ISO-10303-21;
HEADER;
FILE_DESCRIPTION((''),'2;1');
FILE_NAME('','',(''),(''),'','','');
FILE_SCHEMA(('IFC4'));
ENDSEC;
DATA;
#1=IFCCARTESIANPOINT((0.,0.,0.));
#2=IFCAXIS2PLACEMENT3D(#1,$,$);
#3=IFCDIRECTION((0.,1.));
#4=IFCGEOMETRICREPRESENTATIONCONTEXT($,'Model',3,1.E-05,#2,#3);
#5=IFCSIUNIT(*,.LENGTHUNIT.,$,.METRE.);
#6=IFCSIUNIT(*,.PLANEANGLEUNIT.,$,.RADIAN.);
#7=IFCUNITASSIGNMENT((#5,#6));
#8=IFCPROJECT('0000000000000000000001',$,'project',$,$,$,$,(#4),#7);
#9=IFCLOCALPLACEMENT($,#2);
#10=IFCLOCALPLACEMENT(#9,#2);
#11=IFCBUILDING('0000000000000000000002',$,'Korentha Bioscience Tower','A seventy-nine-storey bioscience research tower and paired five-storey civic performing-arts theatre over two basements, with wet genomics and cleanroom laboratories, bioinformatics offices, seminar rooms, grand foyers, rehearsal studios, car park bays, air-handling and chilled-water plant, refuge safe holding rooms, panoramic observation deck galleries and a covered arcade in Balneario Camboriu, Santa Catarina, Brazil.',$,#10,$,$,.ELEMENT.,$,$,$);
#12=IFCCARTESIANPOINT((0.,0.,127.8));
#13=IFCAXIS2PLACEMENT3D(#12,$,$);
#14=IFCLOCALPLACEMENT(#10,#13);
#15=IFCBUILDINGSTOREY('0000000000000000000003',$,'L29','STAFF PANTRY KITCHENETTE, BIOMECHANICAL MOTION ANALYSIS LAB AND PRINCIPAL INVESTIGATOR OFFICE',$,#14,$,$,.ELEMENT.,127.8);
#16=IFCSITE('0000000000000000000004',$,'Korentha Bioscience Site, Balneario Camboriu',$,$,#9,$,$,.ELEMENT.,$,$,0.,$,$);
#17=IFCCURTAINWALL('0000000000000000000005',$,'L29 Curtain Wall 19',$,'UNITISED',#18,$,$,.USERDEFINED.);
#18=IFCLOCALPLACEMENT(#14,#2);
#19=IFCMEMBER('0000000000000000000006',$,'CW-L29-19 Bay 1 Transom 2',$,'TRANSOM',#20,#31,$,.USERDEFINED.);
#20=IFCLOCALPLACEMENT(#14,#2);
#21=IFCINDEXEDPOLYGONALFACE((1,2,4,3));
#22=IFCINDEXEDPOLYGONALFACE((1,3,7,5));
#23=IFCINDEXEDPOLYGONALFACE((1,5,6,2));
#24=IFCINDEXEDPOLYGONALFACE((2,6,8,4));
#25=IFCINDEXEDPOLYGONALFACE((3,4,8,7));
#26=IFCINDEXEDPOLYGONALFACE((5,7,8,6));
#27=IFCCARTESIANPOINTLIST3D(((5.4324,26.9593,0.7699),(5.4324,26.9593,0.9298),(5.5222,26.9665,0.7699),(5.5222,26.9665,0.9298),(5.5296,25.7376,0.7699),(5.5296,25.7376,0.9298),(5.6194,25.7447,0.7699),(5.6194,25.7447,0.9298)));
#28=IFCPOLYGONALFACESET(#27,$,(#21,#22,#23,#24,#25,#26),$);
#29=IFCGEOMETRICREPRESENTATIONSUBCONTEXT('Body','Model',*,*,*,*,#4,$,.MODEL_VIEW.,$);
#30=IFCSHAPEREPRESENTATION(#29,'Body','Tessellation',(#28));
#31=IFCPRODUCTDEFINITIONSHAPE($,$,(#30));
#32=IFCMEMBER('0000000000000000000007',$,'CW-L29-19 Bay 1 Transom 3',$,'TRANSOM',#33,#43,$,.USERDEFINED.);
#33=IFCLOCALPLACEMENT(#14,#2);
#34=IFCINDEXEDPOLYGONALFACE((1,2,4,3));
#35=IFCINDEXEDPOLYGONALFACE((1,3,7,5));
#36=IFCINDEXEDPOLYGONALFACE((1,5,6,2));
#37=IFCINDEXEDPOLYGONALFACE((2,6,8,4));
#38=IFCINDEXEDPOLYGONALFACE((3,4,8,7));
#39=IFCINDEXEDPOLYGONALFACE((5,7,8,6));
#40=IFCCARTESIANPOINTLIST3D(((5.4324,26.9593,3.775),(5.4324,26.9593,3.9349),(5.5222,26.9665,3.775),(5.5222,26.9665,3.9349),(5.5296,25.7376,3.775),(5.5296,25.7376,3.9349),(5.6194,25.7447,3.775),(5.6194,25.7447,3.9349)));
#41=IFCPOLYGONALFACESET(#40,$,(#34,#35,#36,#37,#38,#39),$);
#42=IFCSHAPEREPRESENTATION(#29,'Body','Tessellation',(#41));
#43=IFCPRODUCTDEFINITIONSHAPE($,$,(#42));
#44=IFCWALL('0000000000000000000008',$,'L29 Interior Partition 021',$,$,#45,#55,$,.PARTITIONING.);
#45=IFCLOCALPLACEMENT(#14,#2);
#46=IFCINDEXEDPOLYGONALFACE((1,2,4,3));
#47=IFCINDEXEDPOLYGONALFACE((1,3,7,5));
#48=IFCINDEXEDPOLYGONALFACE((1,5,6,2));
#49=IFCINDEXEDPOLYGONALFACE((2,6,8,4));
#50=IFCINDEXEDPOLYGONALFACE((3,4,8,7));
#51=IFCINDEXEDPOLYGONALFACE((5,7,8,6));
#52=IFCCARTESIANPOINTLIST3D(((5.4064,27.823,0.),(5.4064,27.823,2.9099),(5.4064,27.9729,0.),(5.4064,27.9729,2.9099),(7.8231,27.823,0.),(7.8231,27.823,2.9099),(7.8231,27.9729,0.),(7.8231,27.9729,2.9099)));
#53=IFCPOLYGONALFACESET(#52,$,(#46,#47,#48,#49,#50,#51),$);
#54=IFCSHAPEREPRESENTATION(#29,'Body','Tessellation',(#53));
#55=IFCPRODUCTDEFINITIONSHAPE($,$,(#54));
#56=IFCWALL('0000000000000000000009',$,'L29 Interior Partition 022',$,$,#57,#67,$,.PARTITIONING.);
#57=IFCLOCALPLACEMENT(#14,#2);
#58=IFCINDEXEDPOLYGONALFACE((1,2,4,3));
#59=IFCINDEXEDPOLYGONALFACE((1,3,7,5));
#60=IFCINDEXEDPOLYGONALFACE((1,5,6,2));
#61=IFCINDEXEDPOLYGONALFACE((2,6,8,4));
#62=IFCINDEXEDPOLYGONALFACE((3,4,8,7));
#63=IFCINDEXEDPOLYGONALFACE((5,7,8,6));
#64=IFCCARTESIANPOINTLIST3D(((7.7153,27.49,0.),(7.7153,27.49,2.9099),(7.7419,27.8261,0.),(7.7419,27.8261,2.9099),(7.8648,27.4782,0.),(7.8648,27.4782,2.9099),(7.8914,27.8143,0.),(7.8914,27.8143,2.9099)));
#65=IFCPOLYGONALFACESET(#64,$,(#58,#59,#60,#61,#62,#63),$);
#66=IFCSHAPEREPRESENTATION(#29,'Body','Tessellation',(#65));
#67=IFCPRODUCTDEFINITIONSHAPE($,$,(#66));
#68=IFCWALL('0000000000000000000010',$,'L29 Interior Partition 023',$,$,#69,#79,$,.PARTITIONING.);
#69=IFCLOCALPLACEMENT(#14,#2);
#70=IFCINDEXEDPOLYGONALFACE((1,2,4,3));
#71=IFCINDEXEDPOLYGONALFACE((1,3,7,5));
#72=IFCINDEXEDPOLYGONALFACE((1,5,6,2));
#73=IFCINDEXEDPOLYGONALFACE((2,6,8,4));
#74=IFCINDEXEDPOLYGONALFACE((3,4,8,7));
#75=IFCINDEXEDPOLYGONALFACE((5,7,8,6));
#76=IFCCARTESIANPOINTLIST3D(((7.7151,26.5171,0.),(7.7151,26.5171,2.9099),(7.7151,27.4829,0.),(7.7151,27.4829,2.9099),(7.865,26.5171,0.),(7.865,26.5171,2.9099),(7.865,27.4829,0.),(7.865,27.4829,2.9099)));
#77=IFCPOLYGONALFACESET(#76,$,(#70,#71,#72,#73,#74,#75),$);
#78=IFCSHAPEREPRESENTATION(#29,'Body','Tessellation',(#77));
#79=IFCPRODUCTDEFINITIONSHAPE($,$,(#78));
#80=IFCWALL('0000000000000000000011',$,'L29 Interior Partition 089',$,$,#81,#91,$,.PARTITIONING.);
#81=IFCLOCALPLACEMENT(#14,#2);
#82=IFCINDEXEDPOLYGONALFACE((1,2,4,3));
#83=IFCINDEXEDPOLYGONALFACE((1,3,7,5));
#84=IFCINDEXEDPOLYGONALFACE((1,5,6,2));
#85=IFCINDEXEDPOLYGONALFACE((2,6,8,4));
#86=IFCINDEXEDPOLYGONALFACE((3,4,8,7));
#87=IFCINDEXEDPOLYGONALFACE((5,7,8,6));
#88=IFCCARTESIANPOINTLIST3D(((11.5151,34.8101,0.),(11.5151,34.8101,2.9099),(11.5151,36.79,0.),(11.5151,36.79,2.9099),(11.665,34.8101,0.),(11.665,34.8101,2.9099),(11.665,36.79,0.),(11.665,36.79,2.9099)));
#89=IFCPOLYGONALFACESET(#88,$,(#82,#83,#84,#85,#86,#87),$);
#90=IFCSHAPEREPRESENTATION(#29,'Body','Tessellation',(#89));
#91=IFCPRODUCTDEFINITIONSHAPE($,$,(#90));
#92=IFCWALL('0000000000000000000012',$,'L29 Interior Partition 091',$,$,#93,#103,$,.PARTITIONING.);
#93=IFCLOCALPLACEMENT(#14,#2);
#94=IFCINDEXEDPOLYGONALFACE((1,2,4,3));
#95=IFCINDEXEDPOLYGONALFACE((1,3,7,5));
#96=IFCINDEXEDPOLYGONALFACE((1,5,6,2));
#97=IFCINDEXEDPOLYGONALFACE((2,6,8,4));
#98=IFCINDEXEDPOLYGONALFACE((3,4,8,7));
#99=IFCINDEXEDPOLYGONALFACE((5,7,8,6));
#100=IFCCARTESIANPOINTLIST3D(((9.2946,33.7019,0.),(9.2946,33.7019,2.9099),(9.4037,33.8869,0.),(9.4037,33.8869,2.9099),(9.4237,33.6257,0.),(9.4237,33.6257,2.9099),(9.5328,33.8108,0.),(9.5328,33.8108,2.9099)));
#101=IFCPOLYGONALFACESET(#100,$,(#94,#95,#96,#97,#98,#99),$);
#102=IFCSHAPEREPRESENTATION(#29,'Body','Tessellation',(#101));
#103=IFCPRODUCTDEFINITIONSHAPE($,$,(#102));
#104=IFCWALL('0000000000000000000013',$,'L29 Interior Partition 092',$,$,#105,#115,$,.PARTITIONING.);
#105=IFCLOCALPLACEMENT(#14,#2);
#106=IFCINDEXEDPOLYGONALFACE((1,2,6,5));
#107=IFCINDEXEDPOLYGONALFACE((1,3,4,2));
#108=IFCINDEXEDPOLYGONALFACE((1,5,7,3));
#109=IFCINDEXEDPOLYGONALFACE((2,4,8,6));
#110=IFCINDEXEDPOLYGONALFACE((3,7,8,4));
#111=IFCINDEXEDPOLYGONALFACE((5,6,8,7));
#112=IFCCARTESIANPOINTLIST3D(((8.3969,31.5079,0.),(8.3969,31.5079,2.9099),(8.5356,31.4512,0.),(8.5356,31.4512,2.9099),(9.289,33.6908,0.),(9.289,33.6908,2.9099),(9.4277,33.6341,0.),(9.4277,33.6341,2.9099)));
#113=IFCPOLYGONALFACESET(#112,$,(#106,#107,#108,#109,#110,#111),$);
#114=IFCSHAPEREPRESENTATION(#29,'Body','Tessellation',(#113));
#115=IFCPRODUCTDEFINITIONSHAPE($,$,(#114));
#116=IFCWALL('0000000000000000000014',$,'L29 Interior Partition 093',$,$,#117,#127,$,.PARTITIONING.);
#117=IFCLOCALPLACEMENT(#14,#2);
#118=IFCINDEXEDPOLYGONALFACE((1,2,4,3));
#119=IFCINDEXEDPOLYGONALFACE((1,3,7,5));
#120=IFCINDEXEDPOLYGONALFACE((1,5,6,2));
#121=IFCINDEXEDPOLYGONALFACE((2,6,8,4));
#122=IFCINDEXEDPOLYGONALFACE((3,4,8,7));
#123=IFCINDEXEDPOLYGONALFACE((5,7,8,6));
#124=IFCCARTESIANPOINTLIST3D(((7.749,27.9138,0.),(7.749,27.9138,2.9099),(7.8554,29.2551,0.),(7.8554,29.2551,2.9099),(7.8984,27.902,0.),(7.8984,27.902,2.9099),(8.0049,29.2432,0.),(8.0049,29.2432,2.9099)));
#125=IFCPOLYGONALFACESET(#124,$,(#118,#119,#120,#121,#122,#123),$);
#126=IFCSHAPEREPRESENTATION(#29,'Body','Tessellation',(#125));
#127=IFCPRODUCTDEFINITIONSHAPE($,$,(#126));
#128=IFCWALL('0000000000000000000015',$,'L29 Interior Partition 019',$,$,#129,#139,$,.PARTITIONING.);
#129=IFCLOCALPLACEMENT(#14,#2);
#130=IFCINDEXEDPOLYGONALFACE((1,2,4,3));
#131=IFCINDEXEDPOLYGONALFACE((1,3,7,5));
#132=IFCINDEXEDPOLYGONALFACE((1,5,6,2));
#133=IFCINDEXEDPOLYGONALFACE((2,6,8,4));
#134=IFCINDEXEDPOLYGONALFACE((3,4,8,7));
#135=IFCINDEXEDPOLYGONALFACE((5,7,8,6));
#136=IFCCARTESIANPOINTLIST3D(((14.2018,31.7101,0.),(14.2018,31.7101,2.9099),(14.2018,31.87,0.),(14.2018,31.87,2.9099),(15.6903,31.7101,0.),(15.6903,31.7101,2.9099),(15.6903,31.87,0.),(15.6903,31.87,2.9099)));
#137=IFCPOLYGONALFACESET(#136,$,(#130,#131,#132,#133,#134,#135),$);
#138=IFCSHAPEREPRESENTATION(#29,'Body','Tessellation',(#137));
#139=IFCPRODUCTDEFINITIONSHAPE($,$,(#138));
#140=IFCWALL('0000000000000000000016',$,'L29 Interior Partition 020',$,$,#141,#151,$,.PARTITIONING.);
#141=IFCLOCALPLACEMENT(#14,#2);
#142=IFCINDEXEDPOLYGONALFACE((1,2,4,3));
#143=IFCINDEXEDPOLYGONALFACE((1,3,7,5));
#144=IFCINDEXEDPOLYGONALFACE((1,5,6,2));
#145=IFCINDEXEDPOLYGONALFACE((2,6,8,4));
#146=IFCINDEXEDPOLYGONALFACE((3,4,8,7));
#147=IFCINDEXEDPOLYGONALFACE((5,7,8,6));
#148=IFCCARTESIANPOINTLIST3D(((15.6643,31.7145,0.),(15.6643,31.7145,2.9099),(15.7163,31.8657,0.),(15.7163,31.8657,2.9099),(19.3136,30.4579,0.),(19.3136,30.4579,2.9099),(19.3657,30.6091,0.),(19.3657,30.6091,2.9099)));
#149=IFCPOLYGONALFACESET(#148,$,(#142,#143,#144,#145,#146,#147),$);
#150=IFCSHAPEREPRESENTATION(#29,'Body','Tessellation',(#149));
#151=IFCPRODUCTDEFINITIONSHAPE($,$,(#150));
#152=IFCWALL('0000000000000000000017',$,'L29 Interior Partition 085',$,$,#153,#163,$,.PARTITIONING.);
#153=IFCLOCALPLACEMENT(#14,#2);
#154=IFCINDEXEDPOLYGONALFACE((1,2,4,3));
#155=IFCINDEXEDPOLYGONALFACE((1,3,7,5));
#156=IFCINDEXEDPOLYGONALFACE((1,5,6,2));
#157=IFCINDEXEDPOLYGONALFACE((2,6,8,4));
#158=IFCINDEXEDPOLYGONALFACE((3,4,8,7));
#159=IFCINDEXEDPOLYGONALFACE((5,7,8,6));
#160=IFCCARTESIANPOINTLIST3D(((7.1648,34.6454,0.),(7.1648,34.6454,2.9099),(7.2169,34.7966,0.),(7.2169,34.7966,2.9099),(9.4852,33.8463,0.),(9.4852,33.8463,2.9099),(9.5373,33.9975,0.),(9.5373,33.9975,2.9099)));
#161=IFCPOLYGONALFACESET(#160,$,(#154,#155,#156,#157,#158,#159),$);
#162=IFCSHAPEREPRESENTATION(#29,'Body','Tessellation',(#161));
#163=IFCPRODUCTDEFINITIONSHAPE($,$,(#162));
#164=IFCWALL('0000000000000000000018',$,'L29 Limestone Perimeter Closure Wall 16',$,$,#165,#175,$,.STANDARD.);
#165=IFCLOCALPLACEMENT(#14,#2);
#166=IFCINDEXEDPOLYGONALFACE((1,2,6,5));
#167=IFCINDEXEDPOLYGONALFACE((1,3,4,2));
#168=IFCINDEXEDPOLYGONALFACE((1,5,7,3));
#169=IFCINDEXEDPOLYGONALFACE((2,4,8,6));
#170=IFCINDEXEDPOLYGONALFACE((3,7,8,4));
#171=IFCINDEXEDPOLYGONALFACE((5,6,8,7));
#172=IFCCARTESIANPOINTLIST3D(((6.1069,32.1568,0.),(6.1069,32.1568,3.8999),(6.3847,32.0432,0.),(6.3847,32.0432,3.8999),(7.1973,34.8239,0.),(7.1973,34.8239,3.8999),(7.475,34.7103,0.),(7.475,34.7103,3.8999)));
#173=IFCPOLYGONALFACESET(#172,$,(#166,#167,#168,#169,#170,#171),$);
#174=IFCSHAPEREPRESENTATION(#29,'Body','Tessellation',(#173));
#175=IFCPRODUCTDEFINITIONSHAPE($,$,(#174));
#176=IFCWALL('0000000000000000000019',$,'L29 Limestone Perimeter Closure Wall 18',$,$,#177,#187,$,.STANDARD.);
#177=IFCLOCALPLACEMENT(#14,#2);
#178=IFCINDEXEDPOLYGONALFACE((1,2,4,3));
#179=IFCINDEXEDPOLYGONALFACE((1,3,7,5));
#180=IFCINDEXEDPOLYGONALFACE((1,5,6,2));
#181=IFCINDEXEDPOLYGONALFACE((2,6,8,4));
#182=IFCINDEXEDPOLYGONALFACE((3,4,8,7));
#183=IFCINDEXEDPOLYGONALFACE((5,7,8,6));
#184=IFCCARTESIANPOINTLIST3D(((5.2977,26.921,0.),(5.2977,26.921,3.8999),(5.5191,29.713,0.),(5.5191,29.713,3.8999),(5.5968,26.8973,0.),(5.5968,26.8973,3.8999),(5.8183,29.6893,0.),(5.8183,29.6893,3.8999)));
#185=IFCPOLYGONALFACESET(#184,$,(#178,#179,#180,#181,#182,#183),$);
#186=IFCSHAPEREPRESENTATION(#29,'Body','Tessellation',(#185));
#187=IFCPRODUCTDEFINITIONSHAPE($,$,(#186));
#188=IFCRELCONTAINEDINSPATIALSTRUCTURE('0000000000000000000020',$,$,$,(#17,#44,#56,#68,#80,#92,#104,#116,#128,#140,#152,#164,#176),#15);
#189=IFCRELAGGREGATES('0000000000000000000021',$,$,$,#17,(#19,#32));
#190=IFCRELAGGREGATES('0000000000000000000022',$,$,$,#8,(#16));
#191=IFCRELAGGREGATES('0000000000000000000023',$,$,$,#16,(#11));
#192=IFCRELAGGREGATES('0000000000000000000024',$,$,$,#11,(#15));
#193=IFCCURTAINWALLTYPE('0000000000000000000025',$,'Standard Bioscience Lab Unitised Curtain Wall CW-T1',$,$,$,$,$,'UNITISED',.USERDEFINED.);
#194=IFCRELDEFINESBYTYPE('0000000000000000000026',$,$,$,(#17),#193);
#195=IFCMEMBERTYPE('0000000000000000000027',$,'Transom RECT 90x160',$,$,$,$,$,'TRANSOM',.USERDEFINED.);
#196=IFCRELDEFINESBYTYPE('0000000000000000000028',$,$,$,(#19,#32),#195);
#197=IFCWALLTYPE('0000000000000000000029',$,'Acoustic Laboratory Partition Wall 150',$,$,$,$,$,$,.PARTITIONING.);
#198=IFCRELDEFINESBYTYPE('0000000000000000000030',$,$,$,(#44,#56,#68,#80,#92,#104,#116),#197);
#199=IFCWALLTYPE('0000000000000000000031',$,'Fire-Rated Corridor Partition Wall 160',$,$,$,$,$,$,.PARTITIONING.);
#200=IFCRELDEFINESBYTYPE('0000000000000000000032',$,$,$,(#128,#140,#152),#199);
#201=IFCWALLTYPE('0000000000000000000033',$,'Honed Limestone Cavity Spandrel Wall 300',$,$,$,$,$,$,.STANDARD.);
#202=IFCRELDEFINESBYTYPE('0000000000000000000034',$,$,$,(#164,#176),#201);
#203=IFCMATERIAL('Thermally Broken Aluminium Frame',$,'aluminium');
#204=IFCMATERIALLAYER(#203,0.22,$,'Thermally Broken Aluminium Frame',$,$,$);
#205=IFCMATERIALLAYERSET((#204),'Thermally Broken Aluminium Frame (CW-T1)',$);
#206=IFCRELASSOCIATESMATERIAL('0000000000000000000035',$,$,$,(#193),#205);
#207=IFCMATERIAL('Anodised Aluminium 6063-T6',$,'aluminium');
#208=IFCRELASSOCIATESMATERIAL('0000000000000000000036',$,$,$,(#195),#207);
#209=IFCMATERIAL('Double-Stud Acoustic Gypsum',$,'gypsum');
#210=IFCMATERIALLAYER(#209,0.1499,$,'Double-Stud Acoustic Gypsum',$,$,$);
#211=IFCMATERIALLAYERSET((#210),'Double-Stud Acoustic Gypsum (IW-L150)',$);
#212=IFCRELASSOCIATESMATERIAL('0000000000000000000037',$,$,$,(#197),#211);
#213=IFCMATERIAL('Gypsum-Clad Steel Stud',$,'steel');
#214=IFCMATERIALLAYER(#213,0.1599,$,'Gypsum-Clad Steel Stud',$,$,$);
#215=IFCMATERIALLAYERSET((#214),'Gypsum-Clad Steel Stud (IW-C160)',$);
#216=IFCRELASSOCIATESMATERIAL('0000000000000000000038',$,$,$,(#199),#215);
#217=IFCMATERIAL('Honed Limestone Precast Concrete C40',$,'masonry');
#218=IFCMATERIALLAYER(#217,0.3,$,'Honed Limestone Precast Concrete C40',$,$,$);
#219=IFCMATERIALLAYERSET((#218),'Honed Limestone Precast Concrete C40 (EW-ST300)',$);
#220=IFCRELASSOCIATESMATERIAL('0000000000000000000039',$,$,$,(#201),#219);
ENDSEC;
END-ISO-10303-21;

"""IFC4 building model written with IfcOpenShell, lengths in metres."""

from ifc_helpers import new_model, si_unit, direction, frame, frame_2d, origin, origin_2d, place, context, subcontext, project, spatial, rectangle, extrude, material, layer, layer_set, material_profile, profile_set, type_object, element, aggregate, save


model = new_model("IFC4")

# Units and contexts
model_context = context("Model", 3, precision=1e-05, world=origin(), true_north=direction((0.0, 1.0)))
body_context = subcontext(model_context, "Body", "Model", "MODEL_VIEW")
ifc_project = project(units=[si_unit("LENGTHUNIT", "METRE"), si_unit("PLANEANGLEUNIT", "RADIAN")], contexts=[model_context])

# Site, building, storey
site_placement = place(None, origin())
site = spatial("IfcSite", under=ifc_project, at=site_placement, Name="Korentha Bioscience Site, Balneario Camboriu", CompositionType="ELEMENT", RefElevation=0.0)
building_placement = place(site_placement, origin())
building = spatial("IfcBuilding", under=site, at=building_placement, Name="Korentha Bioscience Tower", Description="A seventy-nine-storey bioscience research tower and paired five-storey civic performing-arts theatre over two basements, with wet genomics and cleanroom laboratories, bioinformatics offices, seminar rooms, grand foyers, rehearsal studios, car park bays, air-handling and chilled-water plant, refuge safe holding rooms, panoramic observation deck galleries and a covered arcade in Balneario Camboriu, Santa Catarina, Brazil.", CompositionType="ELEMENT")
storey_placement = place(building_placement, frame((0.0, 0.0, 127.8)))
storey = spatial("IfcBuildingStorey", under=building, at=storey_placement, Name="L29", Description="STAFF PANTRY KITCHENETTE, BIOMECHANICAL MOTION ANALYSIS LAB AND PRINCIPAL INVESTIGATOR OFFICE", CompositionType="ELEMENT", Elevation=127.8)

# Curtain wall
ifc_material_1 = material(Name="Thermally Broken Aluminium Frame", Category="aluminium")
ifc_layer_1 = layer(ifc_material_1, 0.22, Name="Thermally Broken Aluminium Frame")
ifc_layer_set_1 = layer_set([ifc_layer_1], Name="Thermally Broken Aluminium Frame (CW-T1)")
curtain_wall_type = type_object("IfcCurtainWallType", Name="Standard Bioscience Lab Unitised Curtain Wall CW-T1", ElementType="UNITISED", PredefinedType="USERDEFINED", material=ifc_layer_set_1)
curtain_wall_placement = place(storey_placement, origin())
curtain_wall = element("IfcCurtainWall", 1, at=curtain_wall_placement, inside=storey, type_object=curtain_wall_type, Name="L29 Curtain Wall 19", ObjectType="UNITISED", PredefinedType="USERDEFINED")
ifc_material_2 = material(Name="Anodised Aluminium 6063-T6", Category="aluminium")

# Members
ifc_material_profile_1 = material_profile(ifc_material_2, rectangle(XDim=0.0901, YDim=0.1599, at=origin_2d()), Name="Anodised Aluminium 6063-T6")
ifc_profile_set_1 = profile_set([ifc_material_profile_1], Name="Anodised Aluminium 6063-T6 (CW-TRN)")
member_type_1 = type_object("IfcMemberType", Name="Transom RECT 90x160", ElementType="TRANSOM", PredefinedType="USERDEFINED", material=ifc_profile_set_1)
member_1_placement = place(storey_placement, frame((5.4773, 26.9629, 0.8499), z_axis=(0.079286, -0.996852, 0.0), x_axis=(0.996852, 0.079286, 0.0)))
member_1 = element("IfcMember", 2, at=member_1_placement, type_object=member_type_1, Name="CW-L29-19 Bay 1 Transom 2", ObjectType="TRANSOM", PredefinedType="USERDEFINED", context=body_context, shape_type="SweptSolid", body=[
    extrude(rectangle(XDim=0.0901, YDim=0.1599, at=origin_2d()), origin(), (0.0, 0.0, 1.0), 1.2256),
])
member_2_placement = place(storey_placement, frame((5.4773, 26.9629, 3.855), z_axis=(0.079286, -0.996852, 0.0), x_axis=(0.996852, 0.079286, 0.0)))
member_2 = element("IfcMember", 3, at=member_2_placement, type_object=member_type_1, Name="CW-L29-19 Bay 1 Transom 3", ObjectType="TRANSOM", PredefinedType="USERDEFINED", context=body_context, shape_type="SweptSolid", body=[
    extrude(rectangle(XDim=0.0901, YDim=0.1599, at=origin_2d()), origin(), (0.0, 0.0, 1.0), 1.2256),
])
aggregate(curtain_wall, [member_1, member_2])

# Shared definitions
ifc_material_3 = material(Name="Double-Stud Acoustic Gypsum", Category="gypsum")
ifc_layer_2 = layer(ifc_material_3, 0.1499, Name="Double-Stud Acoustic Gypsum")
ifc_layer_set_2 = layer_set([ifc_layer_2], Name="Double-Stud Acoustic Gypsum (IW-L150)")
wall_type_1 = type_object("IfcWallType", Name="Acoustic Laboratory Partition Wall 150", PredefinedType="PARTITIONING", material=ifc_layer_set_2)

# Walls
wall_1_placement = place(storey_placement, frame((5.4062, 27.8979, 0.0), z_axis=(0.0, 0.0, 1.0), x_axis=(1.0, 0.0, 0.0)))
element("IfcWall", 4, at=wall_1_placement, inside=storey, type_object=wall_type_1, Name="L29 Interior Partition 021", PredefinedType="PARTITIONING", context=body_context, shape_type="SweptSolid", body=[
    extrude(rectangle(XDim=2.4167, YDim=0.1499, at=frame_2d((1.2085, 0.0))), origin(), (0.0, 0.0, 1.0), 2.9099),
])
wall_2_placement = place(storey_placement, frame((7.8167, 27.8201, 0.0), z_axis=(0.0, 0.0, 1.0), x_axis=(-0.078911, -0.996882, 0.0)))
element("IfcWall", 5, at=wall_2_placement, inside=storey, type_object=wall_type_1, Name="L29 Interior Partition 022", PredefinedType="PARTITIONING", context=body_context, shape_type="SweptSolid", body=[
    extrude(rectangle(XDim=0.3372, YDim=0.1499, at=frame_2d((0.1685, 0.0))), origin(), (0.0, 0.0, 1.0), 2.9099),
])
wall_3_placement = place(storey_placement, frame((7.79, 27.4829, 0.0), z_axis=(0.0, 0.0, 1.0), x_axis=(0.0, -1.0, 0.0)))
element("IfcWall", 6, at=wall_3_placement, inside=storey, type_object=wall_type_1, Name="L29 Interior Partition 023", PredefinedType="PARTITIONING", context=body_context, shape_type="SweptSolid", body=[
    extrude(rectangle(XDim=0.9658, YDim=0.1499, at=frame_2d((0.4829, 0.0))), origin(), (0.0, 0.0, 1.0), 2.9099),
])
wall_4_placement = place(storey_placement, frame((11.5901, 34.8101, 0.0), z_axis=(0.0, 0.0, 1.0), x_axis=(0.0, 1.0, 0.0)))
element("IfcWall", 7, at=wall_4_placement, inside=storey, type_object=wall_type_1, Name="L29 Interior Partition 089", PredefinedType="PARTITIONING", context=body_context, shape_type="SweptSolid", body=[
    extrude(rectangle(XDim=1.98, YDim=0.1499, at=frame_2d((0.99, 0.0))), origin(), (0.0, 0.0, 1.0), 2.9099),
])
wall_5_placement = place(storey_placement, frame((9.4683, 33.8489, 0.0), z_axis=(0.0, 0.0, 1.0), x_axis=(-0.507963, -0.861379, 0.0)))
element("IfcWall", 8, at=wall_5_placement, inside=storey, type_object=wall_type_1, Name="L29 Interior Partition 091", PredefinedType="PARTITIONING", context=body_context, shape_type="SweptSolid", body=[
    extrude(rectangle(XDim=0.2148, YDim=0.1499, at=frame_2d((0.1074, 0.0))), origin(), (0.0, 0.0, 1.0), 2.9099),
])
wall_6_placement = place(storey_placement, frame((9.3584, 33.6626, 0.0), z_axis=(0.0, 0.0, 1.0), x_axis=(-0.378306, -0.92568, 0.0)))
element("IfcWall", 9, at=wall_6_placement, inside=storey, type_object=wall_type_1, Name="L29 Interior Partition 092", PredefinedType="PARTITIONING", context=body_context, shape_type="SweptSolid", body=[
    extrude(rectangle(XDim=2.3582, YDim=0.1499, at=frame_2d((1.1792, 0.0))), origin(), (0.0, 0.0, 1.0), 2.9099),
])
wall_7_placement = place(storey_placement, frame((7.9302, 29.2493, 0.0), z_axis=(0.0, 0.0, 1.0), x_axis=(-0.079111, -0.996866, 0.0)))
element("IfcWall", 10, at=wall_7_placement, inside=storey, type_object=wall_type_1, Name="L29 Interior Partition 093", PredefinedType="PARTITIONING", context=body_context, shape_type="SweptSolid", body=[
    extrude(rectangle(XDim=1.3455, YDim=0.1499, at=frame_2d((0.6729, 0.0))), origin(), (0.0, 0.0, 1.0), 2.9099),
])
ifc_material_4 = material(Name="Gypsum-Clad Steel Stud", Category="steel")
ifc_layer_3 = layer(ifc_material_4, 0.1599, Name="Gypsum-Clad Steel Stud")
ifc_layer_set_3 = layer_set([ifc_layer_3], Name="Gypsum-Clad Steel Stud (IW-C160)")
wall_type_2 = type_object("IfcWallType", Name="Fire-Rated Corridor Partition Wall 160", PredefinedType="PARTITIONING", material=ifc_layer_set_3)
wall_8_placement = place(storey_placement, frame((14.2019, 31.79, 0.0), z_axis=(0.0, 0.0, 1.0), x_axis=(1.0, 0.0, 0.0)))
element("IfcWall", 11, at=wall_8_placement, inside=storey, type_object=wall_type_2, Name="L29 Interior Partition 019", PredefinedType="PARTITIONING", context=body_context, shape_type="SweptSolid", body=[
    extrude(rectangle(XDim=1.4885, YDim=0.1599, at=frame_2d((0.7441, 0.0))), origin(), (0.0, 0.0, 1.0), 2.9099),
])
wall_9_placement = place(storey_placement, frame((15.6904, 31.79, 0.0), z_axis=(0.0, 0.0, 1.0), x_axis=(0.945519, -0.325568, 0.0)))
element("IfcWall", 12, at=wall_9_placement, inside=storey, type_object=wall_type_2, Name="L29 Interior Partition 020", PredefinedType="PARTITIONING", context=body_context, shape_type="SweptSolid", body=[
    extrude(rectangle(XDim=3.8596, YDim=0.1599, at=frame_2d((1.9297, 0.0))), origin(), (0.0, 0.0, 1.0), 2.9099),
])
wall_10_placement = place(storey_placement, frame((9.5112, 33.9219, 0.0), z_axis=(0.0, 0.0, 1.0), x_axis=(-0.945503, 0.325614, 0.0)))
element("IfcWall", 13, at=wall_10_placement, inside=storey, type_object=wall_type_2, Name="L29 Interior Partition 085", PredefinedType="PARTITIONING", context=body_context, shape_type="SweptSolid", body=[
    extrude(rectangle(XDim=2.4541, YDim=0.1599, at=frame_2d((1.2271, 0.0))), origin(), (0.0, 0.0, 1.0), 2.9099),
])

# Shared definitions
ifc_material_5 = material(Name="Honed Limestone Precast Concrete C40", Category="masonry")
ifc_layer_4 = layer(ifc_material_5, 0.3, Name="Honed Limestone Precast Concrete C40")
ifc_layer_set_4 = layer_set([ifc_layer_4], Name="Honed Limestone Precast Concrete C40 (EW-ST300)")
wall_type_3 = type_object("IfcWallType", Name="Honed Limestone Cavity Spandrel Wall 300", PredefinedType="STANDARD", material=ifc_layer_set_4)

# Walls
wall_11_placement = place(storey_placement, frame((7.3362, 34.7671, 0.0), z_axis=(0.0, 0.0, 1.0), x_axis=(-0.378422, -0.925633, 0.0)))
element("IfcWall", 14, at=wall_11_placement, inside=storey, type_object=wall_type_3, Name="L29 Limestone Perimeter Closure Wall 16", PredefinedType="STANDARD", context=body_context, shape_type="SweptSolid", body=[
    extrude(rectangle(XDim=2.8813, YDim=0.3, at=frame_2d((1.4407, 0.0))), origin(), (0.0, 0.0, 1.0), 3.8999),
])
wall_12_placement = place(storey_placement, frame((5.6687, 29.7012, 0.0), z_axis=(0.0, 0.0, 1.0), x_axis=(-0.079063, -0.99687, 0.0)))
element("IfcWall", 15, at=wall_12_placement, inside=storey, type_object=wall_type_3, Name="L29 Limestone Perimeter Closure Wall 18", PredefinedType="STANDARD", context=body_context, shape_type="SweptSolid", body=[
    extrude(rectangle(XDim=2.8008, YDim=0.3, at=frame_2d((1.4004, 0.0))), origin(), (0.0, 0.0, 1.0), 3.8999),
])

save(model, "model.ifc")
